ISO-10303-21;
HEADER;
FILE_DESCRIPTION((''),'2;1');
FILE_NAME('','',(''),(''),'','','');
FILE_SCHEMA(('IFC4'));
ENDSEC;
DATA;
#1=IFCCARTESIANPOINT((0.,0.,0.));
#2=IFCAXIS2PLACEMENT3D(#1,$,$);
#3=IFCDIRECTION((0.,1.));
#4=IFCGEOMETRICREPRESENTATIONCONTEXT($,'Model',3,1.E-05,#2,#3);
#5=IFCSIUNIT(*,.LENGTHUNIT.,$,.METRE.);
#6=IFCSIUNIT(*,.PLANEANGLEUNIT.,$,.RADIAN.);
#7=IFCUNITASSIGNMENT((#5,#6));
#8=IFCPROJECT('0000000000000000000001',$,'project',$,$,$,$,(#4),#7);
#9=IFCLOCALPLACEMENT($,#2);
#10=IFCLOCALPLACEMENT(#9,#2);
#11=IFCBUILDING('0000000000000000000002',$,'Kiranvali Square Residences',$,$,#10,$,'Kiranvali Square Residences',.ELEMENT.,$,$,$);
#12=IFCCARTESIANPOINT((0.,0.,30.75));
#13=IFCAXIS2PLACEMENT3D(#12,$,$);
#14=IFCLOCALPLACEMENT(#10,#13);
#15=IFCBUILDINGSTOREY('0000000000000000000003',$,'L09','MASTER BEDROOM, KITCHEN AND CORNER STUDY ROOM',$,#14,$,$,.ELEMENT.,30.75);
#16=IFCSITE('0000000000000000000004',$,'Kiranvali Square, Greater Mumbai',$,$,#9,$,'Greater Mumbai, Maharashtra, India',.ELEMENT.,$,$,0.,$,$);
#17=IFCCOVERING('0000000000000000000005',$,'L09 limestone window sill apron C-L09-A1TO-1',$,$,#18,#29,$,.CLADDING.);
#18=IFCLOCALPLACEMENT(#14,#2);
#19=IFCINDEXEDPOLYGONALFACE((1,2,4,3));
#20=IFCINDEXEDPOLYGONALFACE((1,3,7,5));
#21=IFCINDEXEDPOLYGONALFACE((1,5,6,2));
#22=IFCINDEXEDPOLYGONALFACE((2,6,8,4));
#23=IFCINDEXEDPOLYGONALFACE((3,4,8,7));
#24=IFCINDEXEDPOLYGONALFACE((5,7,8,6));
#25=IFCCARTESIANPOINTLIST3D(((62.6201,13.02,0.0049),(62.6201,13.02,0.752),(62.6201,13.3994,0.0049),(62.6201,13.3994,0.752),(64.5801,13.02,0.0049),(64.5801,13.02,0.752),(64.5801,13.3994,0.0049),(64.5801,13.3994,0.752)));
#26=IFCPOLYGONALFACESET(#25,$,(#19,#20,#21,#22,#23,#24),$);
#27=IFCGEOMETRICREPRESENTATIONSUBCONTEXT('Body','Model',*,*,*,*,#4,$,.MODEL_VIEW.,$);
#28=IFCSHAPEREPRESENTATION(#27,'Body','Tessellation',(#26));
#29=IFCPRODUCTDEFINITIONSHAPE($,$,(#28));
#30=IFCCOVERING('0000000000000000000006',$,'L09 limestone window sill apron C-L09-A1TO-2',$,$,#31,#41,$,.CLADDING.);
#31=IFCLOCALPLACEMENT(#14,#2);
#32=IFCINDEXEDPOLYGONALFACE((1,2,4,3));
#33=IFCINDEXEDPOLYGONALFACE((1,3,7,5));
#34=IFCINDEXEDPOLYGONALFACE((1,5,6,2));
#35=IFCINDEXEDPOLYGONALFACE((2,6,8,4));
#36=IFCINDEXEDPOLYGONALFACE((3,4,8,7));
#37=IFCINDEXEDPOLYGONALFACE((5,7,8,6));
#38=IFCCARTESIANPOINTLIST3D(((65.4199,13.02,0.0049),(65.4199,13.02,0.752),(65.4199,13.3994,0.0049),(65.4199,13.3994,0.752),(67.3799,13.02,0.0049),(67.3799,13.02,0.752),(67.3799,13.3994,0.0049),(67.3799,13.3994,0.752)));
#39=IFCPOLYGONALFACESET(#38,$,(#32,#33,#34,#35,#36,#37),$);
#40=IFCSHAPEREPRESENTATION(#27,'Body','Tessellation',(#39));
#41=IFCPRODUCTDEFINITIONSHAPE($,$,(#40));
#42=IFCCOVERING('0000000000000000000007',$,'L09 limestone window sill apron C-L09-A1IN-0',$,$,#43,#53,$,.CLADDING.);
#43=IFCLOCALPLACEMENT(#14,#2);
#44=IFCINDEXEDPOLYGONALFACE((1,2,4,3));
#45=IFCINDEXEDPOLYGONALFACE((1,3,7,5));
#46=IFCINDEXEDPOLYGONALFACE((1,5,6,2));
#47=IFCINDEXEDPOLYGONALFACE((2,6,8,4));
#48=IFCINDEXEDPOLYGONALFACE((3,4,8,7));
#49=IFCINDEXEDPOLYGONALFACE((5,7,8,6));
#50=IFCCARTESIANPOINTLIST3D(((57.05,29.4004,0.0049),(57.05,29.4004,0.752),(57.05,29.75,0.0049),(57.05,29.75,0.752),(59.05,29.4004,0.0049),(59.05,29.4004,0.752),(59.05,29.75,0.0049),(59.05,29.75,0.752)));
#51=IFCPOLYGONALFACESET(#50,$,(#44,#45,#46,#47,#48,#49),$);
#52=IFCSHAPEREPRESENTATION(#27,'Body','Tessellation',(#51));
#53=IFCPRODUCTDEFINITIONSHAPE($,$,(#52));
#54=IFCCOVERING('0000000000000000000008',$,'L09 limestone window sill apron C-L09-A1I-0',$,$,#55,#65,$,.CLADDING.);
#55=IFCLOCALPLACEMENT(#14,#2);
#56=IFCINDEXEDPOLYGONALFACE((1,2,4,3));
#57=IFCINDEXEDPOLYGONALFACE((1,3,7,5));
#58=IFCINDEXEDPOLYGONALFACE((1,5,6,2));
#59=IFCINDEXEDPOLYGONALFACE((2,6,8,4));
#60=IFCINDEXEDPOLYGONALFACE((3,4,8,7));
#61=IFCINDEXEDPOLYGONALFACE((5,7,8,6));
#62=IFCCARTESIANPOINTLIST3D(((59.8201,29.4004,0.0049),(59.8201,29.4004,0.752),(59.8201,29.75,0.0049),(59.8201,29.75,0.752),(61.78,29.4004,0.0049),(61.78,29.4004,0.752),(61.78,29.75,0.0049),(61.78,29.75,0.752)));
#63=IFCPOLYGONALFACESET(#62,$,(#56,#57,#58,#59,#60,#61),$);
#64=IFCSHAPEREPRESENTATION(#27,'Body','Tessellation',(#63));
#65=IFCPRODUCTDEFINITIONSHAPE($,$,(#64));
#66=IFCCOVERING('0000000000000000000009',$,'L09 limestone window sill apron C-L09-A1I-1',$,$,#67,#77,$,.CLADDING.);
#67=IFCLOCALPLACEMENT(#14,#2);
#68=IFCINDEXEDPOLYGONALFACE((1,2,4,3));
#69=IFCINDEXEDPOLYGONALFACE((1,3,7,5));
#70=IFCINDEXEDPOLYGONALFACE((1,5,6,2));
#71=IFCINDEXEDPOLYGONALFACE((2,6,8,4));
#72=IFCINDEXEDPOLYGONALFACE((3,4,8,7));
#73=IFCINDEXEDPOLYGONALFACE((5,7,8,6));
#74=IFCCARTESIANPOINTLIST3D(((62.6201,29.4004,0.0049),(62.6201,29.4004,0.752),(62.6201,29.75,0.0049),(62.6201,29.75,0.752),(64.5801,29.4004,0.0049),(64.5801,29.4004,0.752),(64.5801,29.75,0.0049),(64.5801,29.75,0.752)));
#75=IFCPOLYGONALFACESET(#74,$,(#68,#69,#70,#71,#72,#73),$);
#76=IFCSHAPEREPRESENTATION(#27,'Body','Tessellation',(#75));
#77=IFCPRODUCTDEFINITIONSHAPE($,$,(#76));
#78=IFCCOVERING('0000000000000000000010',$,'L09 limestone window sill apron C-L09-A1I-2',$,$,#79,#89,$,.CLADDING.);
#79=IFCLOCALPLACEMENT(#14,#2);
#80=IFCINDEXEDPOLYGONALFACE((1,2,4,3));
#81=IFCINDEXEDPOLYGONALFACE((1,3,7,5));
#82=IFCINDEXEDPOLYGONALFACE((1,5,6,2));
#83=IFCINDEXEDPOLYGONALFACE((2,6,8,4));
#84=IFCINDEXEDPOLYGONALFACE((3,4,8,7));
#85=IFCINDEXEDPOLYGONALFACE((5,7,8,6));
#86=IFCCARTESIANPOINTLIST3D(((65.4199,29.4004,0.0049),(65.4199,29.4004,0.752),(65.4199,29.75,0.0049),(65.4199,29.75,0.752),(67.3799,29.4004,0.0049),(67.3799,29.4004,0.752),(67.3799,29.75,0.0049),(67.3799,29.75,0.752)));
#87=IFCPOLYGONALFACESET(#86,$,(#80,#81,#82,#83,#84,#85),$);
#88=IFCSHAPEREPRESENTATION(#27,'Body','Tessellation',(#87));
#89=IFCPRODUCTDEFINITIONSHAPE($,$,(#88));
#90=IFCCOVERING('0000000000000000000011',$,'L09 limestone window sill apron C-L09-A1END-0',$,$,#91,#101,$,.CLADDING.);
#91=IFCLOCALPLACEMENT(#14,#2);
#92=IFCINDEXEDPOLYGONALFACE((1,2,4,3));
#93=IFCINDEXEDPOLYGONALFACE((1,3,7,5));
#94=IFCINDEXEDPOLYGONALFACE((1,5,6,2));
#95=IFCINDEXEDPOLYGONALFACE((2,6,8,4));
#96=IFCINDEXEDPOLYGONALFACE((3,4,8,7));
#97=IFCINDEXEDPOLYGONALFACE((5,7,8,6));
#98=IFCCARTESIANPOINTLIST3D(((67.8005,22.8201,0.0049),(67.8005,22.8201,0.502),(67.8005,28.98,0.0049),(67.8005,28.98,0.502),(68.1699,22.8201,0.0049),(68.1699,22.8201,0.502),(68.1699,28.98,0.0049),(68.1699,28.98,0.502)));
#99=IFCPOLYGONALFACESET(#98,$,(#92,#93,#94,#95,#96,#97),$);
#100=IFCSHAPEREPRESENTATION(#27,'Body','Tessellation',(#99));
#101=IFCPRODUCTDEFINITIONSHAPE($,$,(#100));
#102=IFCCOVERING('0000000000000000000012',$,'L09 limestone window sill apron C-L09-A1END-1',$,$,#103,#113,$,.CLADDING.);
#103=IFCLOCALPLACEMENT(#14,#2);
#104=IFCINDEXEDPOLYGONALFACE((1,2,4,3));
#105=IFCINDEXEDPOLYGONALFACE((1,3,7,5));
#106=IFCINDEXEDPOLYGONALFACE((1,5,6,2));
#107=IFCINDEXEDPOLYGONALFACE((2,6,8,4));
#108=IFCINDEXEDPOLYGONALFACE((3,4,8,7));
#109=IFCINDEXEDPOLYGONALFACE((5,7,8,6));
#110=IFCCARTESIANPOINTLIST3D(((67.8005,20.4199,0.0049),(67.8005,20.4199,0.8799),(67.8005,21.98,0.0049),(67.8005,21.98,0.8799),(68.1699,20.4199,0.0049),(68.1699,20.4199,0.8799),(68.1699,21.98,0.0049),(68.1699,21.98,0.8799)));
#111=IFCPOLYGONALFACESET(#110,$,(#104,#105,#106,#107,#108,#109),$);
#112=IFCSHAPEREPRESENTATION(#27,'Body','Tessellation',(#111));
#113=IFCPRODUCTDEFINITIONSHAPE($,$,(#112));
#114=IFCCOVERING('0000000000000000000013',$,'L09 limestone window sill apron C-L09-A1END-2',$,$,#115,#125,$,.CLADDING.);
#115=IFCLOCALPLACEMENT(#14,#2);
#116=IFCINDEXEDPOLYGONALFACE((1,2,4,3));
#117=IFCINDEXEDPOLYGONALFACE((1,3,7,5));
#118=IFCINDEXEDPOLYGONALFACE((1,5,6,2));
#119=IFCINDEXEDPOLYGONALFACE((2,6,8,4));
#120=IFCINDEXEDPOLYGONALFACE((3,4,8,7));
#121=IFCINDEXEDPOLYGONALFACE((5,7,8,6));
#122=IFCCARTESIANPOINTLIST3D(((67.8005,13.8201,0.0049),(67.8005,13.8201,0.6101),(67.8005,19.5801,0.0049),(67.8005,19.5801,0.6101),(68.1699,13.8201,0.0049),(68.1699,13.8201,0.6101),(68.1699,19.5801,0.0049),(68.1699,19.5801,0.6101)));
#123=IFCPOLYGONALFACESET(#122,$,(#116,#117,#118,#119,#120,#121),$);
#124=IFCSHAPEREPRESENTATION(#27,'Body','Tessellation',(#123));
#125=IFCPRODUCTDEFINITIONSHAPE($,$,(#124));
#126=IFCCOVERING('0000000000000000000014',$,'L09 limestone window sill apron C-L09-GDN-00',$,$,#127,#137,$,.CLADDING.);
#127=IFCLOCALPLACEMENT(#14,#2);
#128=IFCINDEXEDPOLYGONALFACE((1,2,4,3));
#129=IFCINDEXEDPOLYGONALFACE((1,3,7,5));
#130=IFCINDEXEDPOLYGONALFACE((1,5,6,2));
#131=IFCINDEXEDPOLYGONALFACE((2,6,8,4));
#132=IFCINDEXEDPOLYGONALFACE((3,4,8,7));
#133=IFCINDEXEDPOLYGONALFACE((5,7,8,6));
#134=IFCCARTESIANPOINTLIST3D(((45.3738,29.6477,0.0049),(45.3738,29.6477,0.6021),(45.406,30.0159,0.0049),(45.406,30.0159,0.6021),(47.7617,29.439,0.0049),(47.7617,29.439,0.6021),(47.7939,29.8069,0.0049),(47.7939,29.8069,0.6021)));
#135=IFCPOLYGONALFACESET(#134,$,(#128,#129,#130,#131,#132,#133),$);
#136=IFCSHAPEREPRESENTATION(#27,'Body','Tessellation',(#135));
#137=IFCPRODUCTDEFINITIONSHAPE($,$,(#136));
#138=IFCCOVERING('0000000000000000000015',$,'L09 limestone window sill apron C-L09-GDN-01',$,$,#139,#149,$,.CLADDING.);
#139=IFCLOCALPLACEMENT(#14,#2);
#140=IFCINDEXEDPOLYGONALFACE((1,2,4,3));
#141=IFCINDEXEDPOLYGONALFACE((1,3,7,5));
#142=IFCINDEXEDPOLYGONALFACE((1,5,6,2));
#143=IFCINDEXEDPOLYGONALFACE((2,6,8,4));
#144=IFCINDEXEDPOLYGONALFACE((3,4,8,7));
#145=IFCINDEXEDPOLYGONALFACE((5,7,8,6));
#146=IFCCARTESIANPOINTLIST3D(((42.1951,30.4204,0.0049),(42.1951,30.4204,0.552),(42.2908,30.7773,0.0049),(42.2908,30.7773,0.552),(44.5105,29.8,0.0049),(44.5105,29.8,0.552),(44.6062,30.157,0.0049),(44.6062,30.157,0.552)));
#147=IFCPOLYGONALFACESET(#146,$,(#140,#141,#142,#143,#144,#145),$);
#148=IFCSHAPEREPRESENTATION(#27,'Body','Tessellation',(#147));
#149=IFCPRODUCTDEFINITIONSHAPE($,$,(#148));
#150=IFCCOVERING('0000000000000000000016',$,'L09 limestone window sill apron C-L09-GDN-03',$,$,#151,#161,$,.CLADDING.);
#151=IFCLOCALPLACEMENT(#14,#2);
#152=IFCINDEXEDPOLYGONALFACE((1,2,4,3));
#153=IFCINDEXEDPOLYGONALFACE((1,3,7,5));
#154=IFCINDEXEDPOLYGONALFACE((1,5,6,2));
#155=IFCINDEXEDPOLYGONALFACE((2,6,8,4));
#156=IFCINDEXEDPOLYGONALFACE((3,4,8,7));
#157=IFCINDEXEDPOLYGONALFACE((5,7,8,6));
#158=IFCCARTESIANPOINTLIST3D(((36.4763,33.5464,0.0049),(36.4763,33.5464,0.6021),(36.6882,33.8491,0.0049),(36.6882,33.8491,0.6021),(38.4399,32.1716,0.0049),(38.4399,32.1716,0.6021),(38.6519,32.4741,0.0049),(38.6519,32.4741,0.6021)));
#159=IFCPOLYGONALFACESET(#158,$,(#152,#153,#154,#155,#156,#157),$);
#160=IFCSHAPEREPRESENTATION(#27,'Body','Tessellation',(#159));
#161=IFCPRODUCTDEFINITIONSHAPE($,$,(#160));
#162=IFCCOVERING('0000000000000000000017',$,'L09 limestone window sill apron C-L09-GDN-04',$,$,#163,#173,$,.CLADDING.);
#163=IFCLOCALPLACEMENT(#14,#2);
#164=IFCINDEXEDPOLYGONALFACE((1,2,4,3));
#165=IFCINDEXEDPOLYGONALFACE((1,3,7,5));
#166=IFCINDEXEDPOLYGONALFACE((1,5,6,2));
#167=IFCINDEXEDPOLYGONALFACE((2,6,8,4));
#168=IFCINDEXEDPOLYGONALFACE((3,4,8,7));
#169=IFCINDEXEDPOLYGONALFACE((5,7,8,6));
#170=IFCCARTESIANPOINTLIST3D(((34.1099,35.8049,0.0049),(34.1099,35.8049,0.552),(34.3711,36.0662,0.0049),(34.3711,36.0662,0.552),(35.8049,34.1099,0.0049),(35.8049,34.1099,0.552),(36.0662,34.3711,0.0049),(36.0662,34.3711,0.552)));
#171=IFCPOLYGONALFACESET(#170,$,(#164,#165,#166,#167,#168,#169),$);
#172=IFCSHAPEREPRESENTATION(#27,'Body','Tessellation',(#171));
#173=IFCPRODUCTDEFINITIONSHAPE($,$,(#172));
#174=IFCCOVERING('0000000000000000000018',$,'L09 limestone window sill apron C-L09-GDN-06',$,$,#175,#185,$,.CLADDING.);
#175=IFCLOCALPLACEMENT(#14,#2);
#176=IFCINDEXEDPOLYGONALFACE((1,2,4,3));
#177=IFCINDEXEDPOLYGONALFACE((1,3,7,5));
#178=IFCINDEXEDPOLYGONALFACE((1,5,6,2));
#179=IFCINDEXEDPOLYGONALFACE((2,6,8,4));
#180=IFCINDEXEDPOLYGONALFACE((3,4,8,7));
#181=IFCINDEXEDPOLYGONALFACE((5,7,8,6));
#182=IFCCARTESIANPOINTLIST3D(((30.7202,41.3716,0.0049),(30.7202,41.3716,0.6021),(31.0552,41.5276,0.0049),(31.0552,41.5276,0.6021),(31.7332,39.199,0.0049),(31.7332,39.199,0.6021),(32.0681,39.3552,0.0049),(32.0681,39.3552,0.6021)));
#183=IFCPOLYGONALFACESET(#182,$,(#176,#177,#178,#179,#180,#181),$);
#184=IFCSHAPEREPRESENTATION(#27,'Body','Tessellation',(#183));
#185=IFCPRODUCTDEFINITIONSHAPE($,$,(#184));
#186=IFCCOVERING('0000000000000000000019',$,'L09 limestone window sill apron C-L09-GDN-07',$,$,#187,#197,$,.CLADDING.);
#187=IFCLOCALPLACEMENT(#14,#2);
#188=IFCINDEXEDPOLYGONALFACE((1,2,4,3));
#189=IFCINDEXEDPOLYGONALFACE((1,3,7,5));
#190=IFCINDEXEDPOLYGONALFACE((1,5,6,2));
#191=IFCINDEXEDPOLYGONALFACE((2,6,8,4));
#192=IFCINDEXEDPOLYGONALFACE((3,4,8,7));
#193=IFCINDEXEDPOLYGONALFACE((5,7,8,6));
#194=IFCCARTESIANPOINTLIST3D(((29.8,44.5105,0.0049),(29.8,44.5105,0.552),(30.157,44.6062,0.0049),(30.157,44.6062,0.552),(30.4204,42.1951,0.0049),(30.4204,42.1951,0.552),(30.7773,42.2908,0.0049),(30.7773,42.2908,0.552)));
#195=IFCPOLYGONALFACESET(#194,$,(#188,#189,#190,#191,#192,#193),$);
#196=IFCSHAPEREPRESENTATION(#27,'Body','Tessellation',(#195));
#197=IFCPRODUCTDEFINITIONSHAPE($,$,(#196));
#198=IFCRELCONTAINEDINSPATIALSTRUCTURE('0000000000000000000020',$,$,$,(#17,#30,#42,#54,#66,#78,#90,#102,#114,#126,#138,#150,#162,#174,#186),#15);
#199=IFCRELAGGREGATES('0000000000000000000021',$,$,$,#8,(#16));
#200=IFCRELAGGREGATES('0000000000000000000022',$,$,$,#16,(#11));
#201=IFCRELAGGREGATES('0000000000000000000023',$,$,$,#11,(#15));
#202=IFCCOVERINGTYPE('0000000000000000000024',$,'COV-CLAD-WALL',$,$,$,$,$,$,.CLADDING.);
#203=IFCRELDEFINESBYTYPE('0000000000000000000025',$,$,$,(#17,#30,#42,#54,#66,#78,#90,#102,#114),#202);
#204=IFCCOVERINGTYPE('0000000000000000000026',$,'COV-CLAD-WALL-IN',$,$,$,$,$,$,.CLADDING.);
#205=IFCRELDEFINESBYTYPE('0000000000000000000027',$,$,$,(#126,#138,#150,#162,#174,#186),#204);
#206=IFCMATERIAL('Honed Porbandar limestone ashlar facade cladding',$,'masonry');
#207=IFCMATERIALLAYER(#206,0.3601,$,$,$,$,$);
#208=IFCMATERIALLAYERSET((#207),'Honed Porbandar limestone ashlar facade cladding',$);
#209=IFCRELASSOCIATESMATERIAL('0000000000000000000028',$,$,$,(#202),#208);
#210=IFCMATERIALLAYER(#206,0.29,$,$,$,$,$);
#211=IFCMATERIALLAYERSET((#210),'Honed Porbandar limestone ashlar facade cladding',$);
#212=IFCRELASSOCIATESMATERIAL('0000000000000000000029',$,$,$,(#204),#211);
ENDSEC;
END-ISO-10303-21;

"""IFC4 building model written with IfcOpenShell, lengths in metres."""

from ifc_helpers import new_model, si_unit, direction, frame, origin, place, context, subcontext, project, spatial, polyline, outline, extrude, material, layer, layer_set, type_object, element, save


model = new_model("IFC4")

# Units and contexts
model_context = context("Model", 3, precision=1e-05, world=origin(), true_north=direction((0.0, 1.0)))
body_context = subcontext(model_context, "Body", "Model", "MODEL_VIEW")
ifc_project = project(units=[si_unit("LENGTHUNIT", "METRE"), si_unit("PLANEANGLEUNIT", "RADIAN")], contexts=[model_context])

# Site, building, storey
site_placement = place(None, origin())
site = spatial("IfcSite", under=ifc_project, at=site_placement, Name="Kiranvali Square, Greater Mumbai", LongName="Greater Mumbai, Maharashtra, India", CompositionType="ELEMENT", RefElevation=0.0)
building_placement = place(site_placement, origin())
building = spatial("IfcBuilding", under=site, at=building_placement, Name="Kiranvali Square Residences", LongName="Kiranvali Square Residences", CompositionType="ELEMENT")
storey_placement = place(building_placement, frame((0.0, 0.0, 30.75)))
storey = spatial("IfcBuildingStorey", under=building, at=storey_placement, Name="L09", Description="MASTER BEDROOM, KITCHEN AND CORNER STUDY ROOM", CompositionType="ELEMENT", Elevation=30.75)

# Coverings
ifc_material = material(Name="Honed Porbandar limestone ashlar facade cladding", Category="masonry")
ifc_layer_1 = layer(ifc_material, 0.3601)
ifc_layer_set_1 = layer_set([ifc_layer_1], Name="Honed Porbandar limestone ashlar facade cladding")
covering_type_1 = type_object("IfcCoveringType", Name="COV-CLAD-WALL", PredefinedType="CLADDING", material=ifc_layer_set_1)
covering_1_placement = place(storey_placement, frame((0.0, 0.0, 0.0049)))
element("IfcCovering", 1, at=covering_1_placement, inside=storey, type_object=covering_type_1, Name="L09 limestone window sill apron C-L09-A1TO-1", PredefinedType="CLADDING", context=body_context, shape_type="SweptSolid", body=[
    extrude(outline(polyline([(62.6201, 13.02), (64.5801, 13.02), (64.5801, 13.3994), (62.6201, 13.3994), (62.6201, 13.02)])), origin(), (0.0, 0.0, 1.0), 0.7471),
])
covering_2_placement = place(storey_placement, frame((0.0, 0.0, 0.0049)))
element("IfcCovering", 2, at=covering_2_placement, inside=storey, type_object=covering_type_1, Name="L09 limestone window sill apron C-L09-A1TO-2", PredefinedType="CLADDING", context=body_context, shape_type="SweptSolid", body=[
    extrude(outline(polyline([(65.4199, 13.02), (67.3799, 13.02), (67.3799, 13.3994), (65.4199, 13.3994), (65.4199, 13.02)])), origin(), (0.0, 0.0, 1.0), 0.7471),
])
covering_3_placement = place(storey_placement, frame((0.0, 0.0, 0.0049)))
element("IfcCovering", 3, at=covering_3_placement, inside=storey, type_object=covering_type_1, Name="L09 limestone window sill apron C-L09-A1IN-0", PredefinedType="CLADDING", context=body_context, shape_type="SweptSolid", body=[
    extrude(outline(polyline([(57.05, 29.4004), (59.05, 29.4004), (59.05, 29.75), (57.05, 29.75), (57.05, 29.4004)])), origin(), (0.0, 0.0, 1.0), 0.7471),
])
covering_4_placement = place(storey_placement, frame((0.0, 0.0, 0.0049)))
element("IfcCovering", 4, at=covering_4_placement, inside=storey, type_object=covering_type_1, Name="L09 limestone window sill apron C-L09-A1I-0", PredefinedType="CLADDING", context=body_context, shape_type="SweptSolid", body=[
    extrude(outline(polyline([(59.8201, 29.4004), (61.78, 29.4004), (61.78, 29.75), (59.8201, 29.75), (59.8201, 29.4004)])), origin(), (0.0, 0.0, 1.0), 0.7471),
])
covering_5_placement = place(storey_placement, frame((0.0, 0.0, 0.0049)))
element("IfcCovering", 5, at=covering_5_placement, inside=storey, type_object=covering_type_1, Name="L09 limestone window sill apron C-L09-A1I-1", PredefinedType="CLADDING", context=body_context, shape_type="SweptSolid", body=[
    extrude(outline(polyline([(62.6201, 29.4004), (64.5801, 29.4004), (64.5801, 29.75), (62.6201, 29.75), (62.6201, 29.4004)])), origin(), (0.0, 0.0, 1.0), 0.7471),
])
covering_6_placement = place(storey_placement, frame((0.0, 0.0, 0.0049)))
element("IfcCovering", 6, at=covering_6_placement, inside=storey, type_object=covering_type_1, Name="L09 limestone window sill apron C-L09-A1I-2", PredefinedType="CLADDING", context=body_context, shape_type="SweptSolid", body=[
    extrude(outline(polyline([(65.4199, 29.4004), (67.3799, 29.4004), (67.3799, 29.75), (65.4199, 29.75), (65.4199, 29.4004)])), origin(), (0.0, 0.0, 1.0), 0.7471),
])
covering_7_placement = place(storey_placement, frame((0.0, 0.0, 0.0049)))
element("IfcCovering", 7, at=covering_7_placement, inside=storey, type_object=covering_type_1, Name="L09 limestone window sill apron C-L09-A1END-0", PredefinedType="CLADDING", context=body_context, shape_type="SweptSolid", body=[
    extrude(outline(polyline([(67.8005, 28.98), (67.8005, 22.8201), (68.1699, 22.8201), (68.1699, 28.98), (67.8005, 28.98)])), origin(), (0.0, 0.0, 1.0), 0.4971),
])
covering_8_placement = place(storey_placement, frame((0.0, 0.0, 0.0049)))
element("IfcCovering", 8, at=covering_8_placement, inside=storey, type_object=covering_type_1, Name="L09 limestone window sill apron C-L09-A1END-1", PredefinedType="CLADDING", context=body_context, shape_type="SweptSolid", body=[
    extrude(outline(polyline([(67.8005, 21.98), (67.8005, 20.4199), (68.1699, 20.4199), (68.1699, 21.98), (67.8005, 21.98)])), origin(), (0.0, 0.0, 1.0), 0.875),
])
covering_9_placement = place(storey_placement, frame((0.0, 0.0, 0.0049)))
element("IfcCovering", 9, at=covering_9_placement, inside=storey, type_object=covering_type_1, Name="L09 limestone window sill apron C-L09-A1END-2", PredefinedType="CLADDING", context=body_context, shape_type="SweptSolid", body=[
    extrude(outline(polyline([(67.8005, 19.5801), (67.8005, 13.8201), (68.1699, 13.8201), (68.1699, 19.5801), (67.8005, 19.5801)])), origin(), (0.0, 0.0, 1.0), 0.6052),
])
ifc_layer_2 = layer(ifc_material, 0.29)
ifc_layer_set_2 = layer_set([ifc_layer_2], Name="Honed Porbandar limestone ashlar facade cladding")
covering_type_2 = type_object("IfcCoveringType", Name="COV-CLAD-WALL-IN", PredefinedType="CLADDING", material=ifc_layer_set_2)
covering_10_placement = place(storey_placement, frame((0.0, 0.0, 0.0049)))
element("IfcCovering", 10, at=covering_10_placement, inside=storey, type_object=covering_type_2, Name="L09 limestone window sill apron C-L09-GDN-00", PredefinedType="CLADDING", context=body_context, shape_type="SweptSolid", body=[
    extrude(outline(polyline([(47.7939, 29.8069), (45.406, 30.0159), (45.3738, 29.6477), (47.7617, 29.439), (47.7939, 29.8069)])), origin(), (0.0, 0.0, 1.0), 0.5972),
])
covering_11_placement = place(storey_placement, frame((0.0, 0.0, 0.0049)))
element("IfcCovering", 11, at=covering_11_placement, inside=storey, type_object=covering_type_2, Name="L09 limestone window sill apron C-L09-GDN-01", PredefinedType="CLADDING", context=body_context, shape_type="SweptSolid", body=[
    extrude(outline(polyline([(44.6062, 30.157), (42.2908, 30.7773), (42.1951, 30.4204), (44.5105, 29.8), (44.6062, 30.157)])), origin(), (0.0, 0.0, 1.0), 0.5471),
])
covering_12_placement = place(storey_placement, frame((0.0, 0.0, 0.0049)))
element("IfcCovering", 12, at=covering_12_placement, inside=storey, type_object=covering_type_2, Name="L09 limestone window sill apron C-L09-GDN-03", PredefinedType="CLADDING", context=body_context, shape_type="SweptSolid", body=[
    extrude(outline(polyline([(38.6519, 32.4741), (36.6882, 33.8491), (36.4763, 33.5464), (38.4399, 32.1716), (38.6519, 32.4741)])), origin(), (0.0, 0.0, 1.0), 0.5972),
])
covering_13_placement = place(storey_placement, frame((0.0, 0.0, 0.0049)))
element("IfcCovering", 13, at=covering_13_placement, inside=storey, type_object=covering_type_2, Name="L09 limestone window sill apron C-L09-GDN-04", PredefinedType="CLADDING", context=body_context, shape_type="SweptSolid", body=[
    extrude(outline(polyline([(36.0662, 34.3711), (34.3711, 36.0662), (34.1099, 35.8049), (35.8049, 34.1099), (36.0662, 34.3711)])), origin(), (0.0, 0.0, 1.0), 0.5471),
])
covering_14_placement = place(storey_placement, frame((0.0, 0.0, 0.0049)))
element("IfcCovering", 14, at=covering_14_placement, inside=storey, type_object=covering_type_2, Name="L09 limestone window sill apron C-L09-GDN-06", PredefinedType="CLADDING", context=body_context, shape_type="SweptSolid", body=[
    extrude(outline(polyline([(32.0681, 39.3552), (31.0552, 41.5276), (30.7202, 41.3716), (31.7332, 39.199), (32.0681, 39.3552)])), origin(), (0.0, 0.0, 1.0), 0.5972),
])
covering_15_placement = place(storey_placement, frame((0.0, 0.0, 0.0049)))
element("IfcCovering", 15, at=covering_15_placement, inside=storey, type_object=covering_type_2, Name="L09 limestone window sill apron C-L09-GDN-07", PredefinedType="CLADDING", context=body_context, shape_type="SweptSolid", body=[
    extrude(outline(polyline([(30.7773, 42.2908), (30.157, 44.6062), (29.8, 44.5105), (30.4204, 42.1951), (30.7773, 42.2908)])), origin(), (0.0, 0.0, 1.0), 0.5471),
])

save(model, "model.ifc")
